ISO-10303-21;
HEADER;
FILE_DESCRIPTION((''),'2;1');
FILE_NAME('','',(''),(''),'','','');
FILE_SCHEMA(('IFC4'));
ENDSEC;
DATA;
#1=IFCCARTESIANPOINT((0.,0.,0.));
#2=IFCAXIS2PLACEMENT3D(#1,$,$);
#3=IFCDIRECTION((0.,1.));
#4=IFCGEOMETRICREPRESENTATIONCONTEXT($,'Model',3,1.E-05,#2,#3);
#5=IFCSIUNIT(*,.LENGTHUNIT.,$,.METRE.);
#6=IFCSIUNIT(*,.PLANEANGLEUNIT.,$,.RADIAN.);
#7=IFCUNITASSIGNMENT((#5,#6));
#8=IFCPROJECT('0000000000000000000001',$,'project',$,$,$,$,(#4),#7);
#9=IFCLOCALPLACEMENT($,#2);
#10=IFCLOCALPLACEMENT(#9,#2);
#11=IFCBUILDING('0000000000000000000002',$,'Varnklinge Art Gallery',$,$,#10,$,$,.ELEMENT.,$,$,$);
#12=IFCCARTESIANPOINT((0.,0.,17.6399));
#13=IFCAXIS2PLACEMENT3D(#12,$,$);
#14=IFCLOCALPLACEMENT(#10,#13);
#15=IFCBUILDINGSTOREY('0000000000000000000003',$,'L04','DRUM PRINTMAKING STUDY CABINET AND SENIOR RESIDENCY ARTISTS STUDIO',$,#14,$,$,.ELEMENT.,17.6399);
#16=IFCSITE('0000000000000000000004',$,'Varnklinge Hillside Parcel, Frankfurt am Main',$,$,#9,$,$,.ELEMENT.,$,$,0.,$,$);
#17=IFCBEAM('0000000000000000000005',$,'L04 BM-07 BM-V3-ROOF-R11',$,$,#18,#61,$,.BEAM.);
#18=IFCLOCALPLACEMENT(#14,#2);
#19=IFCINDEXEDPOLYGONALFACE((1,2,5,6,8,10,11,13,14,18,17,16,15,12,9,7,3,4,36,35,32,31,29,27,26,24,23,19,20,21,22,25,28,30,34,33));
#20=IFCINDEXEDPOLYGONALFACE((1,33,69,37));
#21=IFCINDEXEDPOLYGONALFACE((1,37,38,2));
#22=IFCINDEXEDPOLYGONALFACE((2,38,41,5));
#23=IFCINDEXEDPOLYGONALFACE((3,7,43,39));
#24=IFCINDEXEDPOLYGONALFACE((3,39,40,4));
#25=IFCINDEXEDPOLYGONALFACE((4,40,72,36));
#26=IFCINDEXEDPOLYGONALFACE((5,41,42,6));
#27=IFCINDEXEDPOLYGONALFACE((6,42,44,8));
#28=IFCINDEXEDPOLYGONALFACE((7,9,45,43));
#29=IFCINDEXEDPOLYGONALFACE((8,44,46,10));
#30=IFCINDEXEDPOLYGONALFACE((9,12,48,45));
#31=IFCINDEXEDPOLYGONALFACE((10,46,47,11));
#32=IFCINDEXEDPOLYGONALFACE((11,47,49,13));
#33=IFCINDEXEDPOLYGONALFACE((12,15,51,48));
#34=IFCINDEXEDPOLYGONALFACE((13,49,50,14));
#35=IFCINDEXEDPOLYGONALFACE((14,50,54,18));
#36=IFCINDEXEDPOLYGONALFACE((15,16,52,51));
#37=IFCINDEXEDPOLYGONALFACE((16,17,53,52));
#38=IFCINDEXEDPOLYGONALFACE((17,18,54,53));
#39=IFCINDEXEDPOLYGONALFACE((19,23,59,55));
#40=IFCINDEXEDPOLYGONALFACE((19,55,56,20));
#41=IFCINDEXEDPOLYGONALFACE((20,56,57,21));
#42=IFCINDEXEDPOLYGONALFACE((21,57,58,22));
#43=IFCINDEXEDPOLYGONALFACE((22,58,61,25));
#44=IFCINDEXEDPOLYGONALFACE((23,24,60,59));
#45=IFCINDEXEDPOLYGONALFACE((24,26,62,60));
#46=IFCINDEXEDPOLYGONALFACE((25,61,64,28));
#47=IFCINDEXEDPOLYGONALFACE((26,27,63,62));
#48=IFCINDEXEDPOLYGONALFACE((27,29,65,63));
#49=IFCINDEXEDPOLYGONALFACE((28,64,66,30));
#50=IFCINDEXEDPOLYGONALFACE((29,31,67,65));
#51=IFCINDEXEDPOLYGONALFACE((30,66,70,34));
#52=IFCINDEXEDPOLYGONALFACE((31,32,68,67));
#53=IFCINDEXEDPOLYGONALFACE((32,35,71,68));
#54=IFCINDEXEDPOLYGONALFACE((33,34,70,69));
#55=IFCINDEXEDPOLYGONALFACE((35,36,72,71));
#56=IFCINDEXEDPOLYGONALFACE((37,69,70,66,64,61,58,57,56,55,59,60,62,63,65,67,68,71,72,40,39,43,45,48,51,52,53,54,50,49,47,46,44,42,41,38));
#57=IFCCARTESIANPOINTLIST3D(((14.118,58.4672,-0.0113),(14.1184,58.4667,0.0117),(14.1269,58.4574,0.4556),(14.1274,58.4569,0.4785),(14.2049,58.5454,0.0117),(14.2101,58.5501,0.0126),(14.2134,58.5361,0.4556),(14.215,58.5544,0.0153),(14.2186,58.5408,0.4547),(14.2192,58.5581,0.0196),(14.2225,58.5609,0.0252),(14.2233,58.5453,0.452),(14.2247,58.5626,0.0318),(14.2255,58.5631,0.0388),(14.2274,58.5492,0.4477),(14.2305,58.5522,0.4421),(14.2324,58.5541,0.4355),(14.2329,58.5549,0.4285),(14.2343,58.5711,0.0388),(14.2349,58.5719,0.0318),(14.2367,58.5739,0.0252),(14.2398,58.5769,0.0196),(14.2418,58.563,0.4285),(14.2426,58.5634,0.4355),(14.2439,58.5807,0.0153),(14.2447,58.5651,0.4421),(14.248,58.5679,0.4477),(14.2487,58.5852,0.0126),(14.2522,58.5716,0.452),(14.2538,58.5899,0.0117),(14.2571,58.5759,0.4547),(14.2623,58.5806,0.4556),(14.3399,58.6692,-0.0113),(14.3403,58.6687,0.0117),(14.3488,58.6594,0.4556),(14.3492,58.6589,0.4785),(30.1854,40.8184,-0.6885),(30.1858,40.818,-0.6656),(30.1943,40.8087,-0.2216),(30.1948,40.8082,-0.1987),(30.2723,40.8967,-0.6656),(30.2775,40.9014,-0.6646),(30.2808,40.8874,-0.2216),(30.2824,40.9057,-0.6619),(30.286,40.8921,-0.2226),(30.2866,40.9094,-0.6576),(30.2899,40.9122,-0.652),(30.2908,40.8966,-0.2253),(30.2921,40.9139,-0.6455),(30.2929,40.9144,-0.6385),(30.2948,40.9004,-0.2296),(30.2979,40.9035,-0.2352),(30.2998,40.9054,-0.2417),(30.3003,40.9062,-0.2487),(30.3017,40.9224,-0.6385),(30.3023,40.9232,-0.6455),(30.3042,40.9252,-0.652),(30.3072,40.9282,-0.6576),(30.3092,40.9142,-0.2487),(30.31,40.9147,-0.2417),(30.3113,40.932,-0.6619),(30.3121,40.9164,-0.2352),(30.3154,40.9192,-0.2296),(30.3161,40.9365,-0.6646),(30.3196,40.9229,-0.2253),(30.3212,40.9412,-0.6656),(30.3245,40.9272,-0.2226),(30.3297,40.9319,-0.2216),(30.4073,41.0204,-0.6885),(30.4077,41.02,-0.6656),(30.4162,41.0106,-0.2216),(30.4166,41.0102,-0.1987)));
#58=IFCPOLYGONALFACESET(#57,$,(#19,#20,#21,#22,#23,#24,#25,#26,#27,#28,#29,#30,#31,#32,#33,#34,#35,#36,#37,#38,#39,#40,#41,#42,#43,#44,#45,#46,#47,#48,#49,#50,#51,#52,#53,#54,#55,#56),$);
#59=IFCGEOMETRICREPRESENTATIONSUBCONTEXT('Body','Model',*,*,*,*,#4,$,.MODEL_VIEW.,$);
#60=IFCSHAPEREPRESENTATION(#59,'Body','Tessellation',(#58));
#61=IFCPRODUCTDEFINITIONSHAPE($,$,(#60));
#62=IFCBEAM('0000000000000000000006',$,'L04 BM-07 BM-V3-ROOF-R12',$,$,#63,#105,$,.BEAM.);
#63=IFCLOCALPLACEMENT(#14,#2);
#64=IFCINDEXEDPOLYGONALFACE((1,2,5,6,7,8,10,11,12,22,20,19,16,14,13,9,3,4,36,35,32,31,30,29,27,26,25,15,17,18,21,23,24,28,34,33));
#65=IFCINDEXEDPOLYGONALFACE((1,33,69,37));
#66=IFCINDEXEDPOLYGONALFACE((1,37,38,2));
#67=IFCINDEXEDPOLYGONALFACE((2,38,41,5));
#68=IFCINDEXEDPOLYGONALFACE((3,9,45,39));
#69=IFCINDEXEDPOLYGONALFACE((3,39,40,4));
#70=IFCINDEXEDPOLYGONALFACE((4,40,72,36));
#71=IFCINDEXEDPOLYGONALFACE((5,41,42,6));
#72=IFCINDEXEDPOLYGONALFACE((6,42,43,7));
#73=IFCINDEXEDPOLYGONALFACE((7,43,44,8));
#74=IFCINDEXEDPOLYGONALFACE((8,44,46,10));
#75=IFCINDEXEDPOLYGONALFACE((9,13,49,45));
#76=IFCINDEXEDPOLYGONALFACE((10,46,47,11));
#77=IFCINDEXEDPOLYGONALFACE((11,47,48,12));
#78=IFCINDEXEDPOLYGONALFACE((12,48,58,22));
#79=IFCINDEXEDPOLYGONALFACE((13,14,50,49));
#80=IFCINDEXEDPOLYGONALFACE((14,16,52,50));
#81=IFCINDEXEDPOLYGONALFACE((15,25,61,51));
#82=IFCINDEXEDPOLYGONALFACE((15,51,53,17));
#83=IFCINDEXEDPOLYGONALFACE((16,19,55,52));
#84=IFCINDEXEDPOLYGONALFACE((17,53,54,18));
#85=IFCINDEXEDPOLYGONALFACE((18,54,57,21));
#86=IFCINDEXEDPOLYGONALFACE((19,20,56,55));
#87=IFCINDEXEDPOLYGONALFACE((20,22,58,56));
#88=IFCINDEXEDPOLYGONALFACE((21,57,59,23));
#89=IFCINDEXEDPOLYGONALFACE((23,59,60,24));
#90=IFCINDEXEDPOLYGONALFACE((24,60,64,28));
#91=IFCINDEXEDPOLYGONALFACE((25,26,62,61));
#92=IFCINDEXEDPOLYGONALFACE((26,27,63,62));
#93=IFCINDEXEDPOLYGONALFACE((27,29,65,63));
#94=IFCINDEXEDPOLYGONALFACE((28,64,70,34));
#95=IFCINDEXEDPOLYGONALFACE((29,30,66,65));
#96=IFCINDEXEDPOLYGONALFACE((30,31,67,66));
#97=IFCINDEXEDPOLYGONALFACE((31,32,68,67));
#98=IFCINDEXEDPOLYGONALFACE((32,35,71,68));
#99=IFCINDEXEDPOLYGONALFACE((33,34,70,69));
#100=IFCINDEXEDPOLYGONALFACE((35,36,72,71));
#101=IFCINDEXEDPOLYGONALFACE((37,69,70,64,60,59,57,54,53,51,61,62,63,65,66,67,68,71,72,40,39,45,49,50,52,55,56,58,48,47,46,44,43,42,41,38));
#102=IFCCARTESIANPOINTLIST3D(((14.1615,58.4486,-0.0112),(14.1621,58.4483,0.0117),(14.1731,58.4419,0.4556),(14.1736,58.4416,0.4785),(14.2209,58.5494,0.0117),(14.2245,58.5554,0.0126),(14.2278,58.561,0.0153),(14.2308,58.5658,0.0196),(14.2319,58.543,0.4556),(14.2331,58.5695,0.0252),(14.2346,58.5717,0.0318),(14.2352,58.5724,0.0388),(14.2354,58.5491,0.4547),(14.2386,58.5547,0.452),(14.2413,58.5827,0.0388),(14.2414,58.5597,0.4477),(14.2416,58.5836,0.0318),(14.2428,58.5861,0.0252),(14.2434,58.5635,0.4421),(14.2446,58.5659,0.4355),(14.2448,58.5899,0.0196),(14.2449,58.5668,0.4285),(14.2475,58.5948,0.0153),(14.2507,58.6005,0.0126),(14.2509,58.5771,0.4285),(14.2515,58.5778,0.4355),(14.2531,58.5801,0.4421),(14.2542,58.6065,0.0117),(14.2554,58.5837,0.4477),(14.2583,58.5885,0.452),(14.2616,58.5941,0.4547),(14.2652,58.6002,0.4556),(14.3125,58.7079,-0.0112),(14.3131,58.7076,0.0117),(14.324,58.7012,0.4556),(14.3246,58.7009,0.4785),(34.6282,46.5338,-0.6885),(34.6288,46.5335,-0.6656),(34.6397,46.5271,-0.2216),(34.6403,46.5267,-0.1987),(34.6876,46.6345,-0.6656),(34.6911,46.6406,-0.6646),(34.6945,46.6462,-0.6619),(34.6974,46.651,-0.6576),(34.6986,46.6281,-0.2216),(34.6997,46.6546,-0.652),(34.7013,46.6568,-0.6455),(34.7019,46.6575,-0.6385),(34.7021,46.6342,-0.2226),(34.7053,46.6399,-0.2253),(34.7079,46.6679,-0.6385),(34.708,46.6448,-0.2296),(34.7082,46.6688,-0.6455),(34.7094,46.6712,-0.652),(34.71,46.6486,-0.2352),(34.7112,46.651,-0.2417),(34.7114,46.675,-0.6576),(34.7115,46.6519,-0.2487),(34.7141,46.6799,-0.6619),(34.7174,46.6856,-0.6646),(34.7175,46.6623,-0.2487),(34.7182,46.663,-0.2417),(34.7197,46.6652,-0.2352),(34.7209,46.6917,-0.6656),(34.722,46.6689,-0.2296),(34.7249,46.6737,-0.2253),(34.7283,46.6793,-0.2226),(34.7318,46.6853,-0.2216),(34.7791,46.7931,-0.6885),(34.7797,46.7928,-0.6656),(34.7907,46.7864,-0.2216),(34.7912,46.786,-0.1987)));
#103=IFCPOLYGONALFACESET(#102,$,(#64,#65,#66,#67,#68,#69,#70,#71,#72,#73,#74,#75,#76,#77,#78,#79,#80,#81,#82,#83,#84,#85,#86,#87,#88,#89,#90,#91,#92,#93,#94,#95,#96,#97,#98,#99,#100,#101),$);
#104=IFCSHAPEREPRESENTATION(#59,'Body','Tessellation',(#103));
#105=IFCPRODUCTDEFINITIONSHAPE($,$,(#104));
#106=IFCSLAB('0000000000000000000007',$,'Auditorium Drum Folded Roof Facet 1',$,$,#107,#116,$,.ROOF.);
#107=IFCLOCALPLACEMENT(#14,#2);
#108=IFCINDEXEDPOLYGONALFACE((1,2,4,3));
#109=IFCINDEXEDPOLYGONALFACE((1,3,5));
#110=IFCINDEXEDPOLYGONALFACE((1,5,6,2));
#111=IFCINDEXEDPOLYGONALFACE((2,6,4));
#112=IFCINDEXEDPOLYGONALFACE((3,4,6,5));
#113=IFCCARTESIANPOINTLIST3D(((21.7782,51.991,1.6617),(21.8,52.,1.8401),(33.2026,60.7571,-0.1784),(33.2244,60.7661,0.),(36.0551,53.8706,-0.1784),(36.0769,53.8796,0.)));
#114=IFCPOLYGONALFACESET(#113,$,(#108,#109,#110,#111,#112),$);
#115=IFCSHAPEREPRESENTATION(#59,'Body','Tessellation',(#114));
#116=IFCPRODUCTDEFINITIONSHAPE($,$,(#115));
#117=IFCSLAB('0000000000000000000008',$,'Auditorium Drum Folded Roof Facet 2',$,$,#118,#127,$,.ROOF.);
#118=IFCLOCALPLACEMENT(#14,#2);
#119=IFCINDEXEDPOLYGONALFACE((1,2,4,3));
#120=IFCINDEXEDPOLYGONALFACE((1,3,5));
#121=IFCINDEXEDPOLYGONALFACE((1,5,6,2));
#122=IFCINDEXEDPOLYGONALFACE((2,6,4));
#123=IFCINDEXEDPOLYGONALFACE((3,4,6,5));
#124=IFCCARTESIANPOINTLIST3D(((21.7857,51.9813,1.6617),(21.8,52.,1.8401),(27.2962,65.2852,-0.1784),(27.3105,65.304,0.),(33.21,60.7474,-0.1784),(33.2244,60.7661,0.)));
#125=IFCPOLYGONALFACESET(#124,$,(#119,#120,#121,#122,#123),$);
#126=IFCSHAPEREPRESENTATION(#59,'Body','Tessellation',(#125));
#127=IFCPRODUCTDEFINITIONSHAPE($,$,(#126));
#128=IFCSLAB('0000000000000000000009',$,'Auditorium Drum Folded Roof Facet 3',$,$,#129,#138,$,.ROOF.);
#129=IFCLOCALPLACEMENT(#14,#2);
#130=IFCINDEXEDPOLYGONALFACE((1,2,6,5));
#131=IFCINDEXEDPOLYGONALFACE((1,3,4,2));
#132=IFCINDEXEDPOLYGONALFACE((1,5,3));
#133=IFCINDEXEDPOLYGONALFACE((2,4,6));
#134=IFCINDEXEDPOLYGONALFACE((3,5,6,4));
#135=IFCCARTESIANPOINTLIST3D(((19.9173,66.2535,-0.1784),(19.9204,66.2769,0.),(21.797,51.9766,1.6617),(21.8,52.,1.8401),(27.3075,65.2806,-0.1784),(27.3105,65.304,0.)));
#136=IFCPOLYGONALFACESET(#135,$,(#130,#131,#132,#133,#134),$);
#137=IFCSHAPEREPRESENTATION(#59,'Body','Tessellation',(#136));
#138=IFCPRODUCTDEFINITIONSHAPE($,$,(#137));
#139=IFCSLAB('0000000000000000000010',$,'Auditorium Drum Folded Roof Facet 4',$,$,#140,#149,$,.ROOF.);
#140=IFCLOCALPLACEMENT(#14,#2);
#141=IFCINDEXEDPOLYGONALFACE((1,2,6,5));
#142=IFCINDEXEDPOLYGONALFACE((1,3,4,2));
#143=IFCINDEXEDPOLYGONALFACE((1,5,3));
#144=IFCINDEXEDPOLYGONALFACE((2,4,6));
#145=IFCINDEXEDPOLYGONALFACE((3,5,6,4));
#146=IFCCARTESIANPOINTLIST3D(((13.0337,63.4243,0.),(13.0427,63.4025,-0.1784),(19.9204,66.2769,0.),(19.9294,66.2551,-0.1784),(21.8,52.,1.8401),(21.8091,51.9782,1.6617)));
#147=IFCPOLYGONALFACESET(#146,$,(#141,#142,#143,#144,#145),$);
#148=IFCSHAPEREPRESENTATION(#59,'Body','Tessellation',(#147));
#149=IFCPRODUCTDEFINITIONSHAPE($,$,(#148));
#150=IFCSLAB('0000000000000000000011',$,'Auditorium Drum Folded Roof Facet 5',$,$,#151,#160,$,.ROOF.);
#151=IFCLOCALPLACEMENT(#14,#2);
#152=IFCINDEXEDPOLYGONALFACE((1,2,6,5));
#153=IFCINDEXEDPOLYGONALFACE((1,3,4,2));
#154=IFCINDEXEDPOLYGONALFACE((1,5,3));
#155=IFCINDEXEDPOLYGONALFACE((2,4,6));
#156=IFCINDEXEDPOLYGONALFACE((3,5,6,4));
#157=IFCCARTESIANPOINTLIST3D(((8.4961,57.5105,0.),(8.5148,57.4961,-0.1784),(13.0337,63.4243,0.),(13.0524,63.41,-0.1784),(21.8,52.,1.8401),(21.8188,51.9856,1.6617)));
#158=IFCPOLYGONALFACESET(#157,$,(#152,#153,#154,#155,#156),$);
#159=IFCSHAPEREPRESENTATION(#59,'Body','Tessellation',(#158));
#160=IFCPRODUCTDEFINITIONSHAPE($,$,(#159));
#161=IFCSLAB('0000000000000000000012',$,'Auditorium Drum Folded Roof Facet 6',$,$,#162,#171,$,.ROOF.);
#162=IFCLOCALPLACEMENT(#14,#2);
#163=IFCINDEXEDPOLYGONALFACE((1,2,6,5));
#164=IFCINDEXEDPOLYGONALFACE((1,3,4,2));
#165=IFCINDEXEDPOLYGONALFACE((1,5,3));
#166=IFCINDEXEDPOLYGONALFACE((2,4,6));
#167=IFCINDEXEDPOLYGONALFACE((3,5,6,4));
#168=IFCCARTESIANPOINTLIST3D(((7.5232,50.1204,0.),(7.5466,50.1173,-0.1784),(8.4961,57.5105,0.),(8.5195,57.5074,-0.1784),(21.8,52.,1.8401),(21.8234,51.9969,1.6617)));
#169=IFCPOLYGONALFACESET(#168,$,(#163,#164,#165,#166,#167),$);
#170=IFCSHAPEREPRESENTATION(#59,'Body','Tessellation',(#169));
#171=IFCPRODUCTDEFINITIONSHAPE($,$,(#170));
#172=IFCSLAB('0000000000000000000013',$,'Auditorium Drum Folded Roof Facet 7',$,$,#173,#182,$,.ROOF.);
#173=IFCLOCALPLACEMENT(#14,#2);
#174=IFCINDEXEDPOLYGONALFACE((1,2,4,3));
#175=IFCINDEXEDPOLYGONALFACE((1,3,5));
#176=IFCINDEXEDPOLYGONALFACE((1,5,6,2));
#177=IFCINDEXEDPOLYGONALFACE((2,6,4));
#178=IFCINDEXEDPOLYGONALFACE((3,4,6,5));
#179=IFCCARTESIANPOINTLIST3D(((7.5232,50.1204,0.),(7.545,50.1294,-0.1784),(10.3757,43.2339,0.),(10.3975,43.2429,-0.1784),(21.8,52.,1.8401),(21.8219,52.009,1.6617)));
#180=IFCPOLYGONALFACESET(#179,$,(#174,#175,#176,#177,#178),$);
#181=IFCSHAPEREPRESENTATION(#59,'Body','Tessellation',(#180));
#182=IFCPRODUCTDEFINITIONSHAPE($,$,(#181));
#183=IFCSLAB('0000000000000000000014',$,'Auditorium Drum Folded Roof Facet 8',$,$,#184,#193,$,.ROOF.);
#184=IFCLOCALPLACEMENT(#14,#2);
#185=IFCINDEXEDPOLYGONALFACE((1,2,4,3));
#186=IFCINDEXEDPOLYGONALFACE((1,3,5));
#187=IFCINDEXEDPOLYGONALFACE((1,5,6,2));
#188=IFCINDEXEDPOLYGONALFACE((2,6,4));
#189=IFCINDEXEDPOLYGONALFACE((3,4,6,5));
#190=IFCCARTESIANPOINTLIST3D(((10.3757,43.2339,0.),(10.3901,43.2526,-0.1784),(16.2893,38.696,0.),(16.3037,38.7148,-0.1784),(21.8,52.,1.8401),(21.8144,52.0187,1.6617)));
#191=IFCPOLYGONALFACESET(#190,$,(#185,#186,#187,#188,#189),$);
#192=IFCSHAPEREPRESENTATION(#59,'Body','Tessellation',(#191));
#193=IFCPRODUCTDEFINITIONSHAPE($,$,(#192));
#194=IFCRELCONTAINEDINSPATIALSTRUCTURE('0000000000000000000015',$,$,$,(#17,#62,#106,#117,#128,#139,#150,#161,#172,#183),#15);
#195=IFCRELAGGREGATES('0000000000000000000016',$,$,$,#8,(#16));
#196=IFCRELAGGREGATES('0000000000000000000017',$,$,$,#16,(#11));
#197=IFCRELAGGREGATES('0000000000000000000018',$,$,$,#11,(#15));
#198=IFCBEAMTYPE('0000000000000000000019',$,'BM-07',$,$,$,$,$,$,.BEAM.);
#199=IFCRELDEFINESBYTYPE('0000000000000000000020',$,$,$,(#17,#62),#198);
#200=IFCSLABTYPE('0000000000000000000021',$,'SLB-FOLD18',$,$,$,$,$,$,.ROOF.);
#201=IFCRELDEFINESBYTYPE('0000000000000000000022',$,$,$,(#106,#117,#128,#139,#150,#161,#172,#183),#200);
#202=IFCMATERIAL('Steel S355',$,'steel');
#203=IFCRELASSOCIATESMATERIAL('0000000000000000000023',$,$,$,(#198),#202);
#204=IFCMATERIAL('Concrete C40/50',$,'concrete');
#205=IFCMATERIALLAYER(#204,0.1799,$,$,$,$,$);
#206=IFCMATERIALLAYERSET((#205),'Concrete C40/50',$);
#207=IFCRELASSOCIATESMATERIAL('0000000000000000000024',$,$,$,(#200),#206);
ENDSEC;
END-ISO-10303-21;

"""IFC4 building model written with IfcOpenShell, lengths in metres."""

from ifc_helpers import new_model, si_unit, direction, frame, origin, origin_2d, place, context, subcontext, project, spatial, polyline, i_section, outline, extrude, material, layer, layer_set, material_profile, profile_set, type_object, element, save


model = new_model("IFC4")

# Units and contexts
model_context = context("Model", 3, precision=1e-05, world=origin(), true_north=direction((0.0, 1.0)))
body_context = subcontext(model_context, "Body", "Model", "MODEL_VIEW")
ifc_project = project(units=[si_unit("LENGTHUNIT", "METRE"), si_unit("PLANEANGLEUNIT", "RADIAN")], contexts=[model_context])

# Site, building, storey
site_placement = place(None, origin())
site = spatial("IfcSite", under=ifc_project, at=site_placement, Name="Varnklinge Hillside Parcel, Frankfurt am Main", CompositionType="ELEMENT", RefElevation=0.0)
building_placement = place(site_placement, origin())
building = spatial("IfcBuilding", under=site, at=building_placement, Name="Varnklinge Art Gallery", CompositionType="ELEMENT")
storey_placement = place(building_placement, frame((0.0, 0.0, 17.6399)))
storey = spatial("IfcBuildingStorey", under=building, at=storey_placement, Name="L04", Description="DRUM PRINTMAKING STUDY CABINET AND SENIOR RESIDENCY ARTISTS STUDIO", CompositionType="ELEMENT", Elevation=17.6399)

# Beams
ifc_material_1 = material(Name="Steel S355", Category="steel")
ifc_material_profile_1 = material_profile(ifc_material_1, i_section(OverallWidth=0.3, OverallDepth=0.49, WebThickness=0.012, FlangeThickness=0.0229, FilletRadius=0.0271, at=origin_2d()), Name="HEA 500")
ifc_profile_set_1 = profile_set([ifc_material_profile_1], Name="Steel S355")
beam_type_1 = type_object("IfcBeamType", Name="BM-07", PredefinedType="BEAM", material=ifc_profile_set_1)
beam_1_placement = place(storey_placement, frame((30.301, 40.9143, -0.4436), z_axis=(-0.672932, 0.73916, 0.028364), x_axis=(-0.739458, -0.673203, 0.0)))
element("IfcBeam", 1, at=beam_1_placement, inside=storey, type_object=beam_type_1, Name="L04 BM-07 BM-V3-ROOF-R11", PredefinedType="BEAM", context=body_context, shape_type="SweptSolid", body=[
    extrude(i_section(OverallWidth=0.3, OverallDepth=0.49, WebThickness=0.012, FlangeThickness=0.0229, FilletRadius=0.0271, at=origin_2d()), origin(), (0.0, 0.0, 1.0), 23.8767),
])
beam_2_placement = place(storey_placement, frame((34.7097, 46.6599, -0.4436), z_axis=(-0.863867, 0.502908, 0.028586), x_axis=(-0.503114, -0.86422, 0.0)))
element("IfcBeam", 2, at=beam_2_placement, inside=storey, type_object=beam_type_1, Name="L04 BM-07 BM-V3-ROOF-R12", PredefinedType="BEAM", context=body_context, shape_type="SweptSolid", body=[
    extrude(i_section(OverallWidth=0.3, OverallDepth=0.49, WebThickness=0.012, FlangeThickness=0.0229, FilletRadius=0.0271, at=origin_2d()), origin(), (0.0, 0.0, 1.0), 23.6919),
])

# Slabs
ifc_material_2 = material(Name="Concrete C40/50", Category="concrete")
ifc_layer_1 = layer(ifc_material_2, 0.1799)
ifc_layer_set_1 = layer_set([ifc_layer_1], Name="Concrete C40/50")
slab_type = type_object("IfcSlabType", Name="SLB-FOLD18", PredefinedType="ROOF", material=ifc_layer_set_1)
slab_1_placement = place(storey_placement, frame((36.0769, 53.8796, 0.0), z_axis=(0.121165, 0.050189, 0.991363), x_axis=(-0.382691, 0.923876, 0.0)))
element("IfcSlab", 3, at=slab_1_placement, inside=storey, type_object=slab_type, Name="Auditorium Drum Folded Roof Facet 1", PredefinedType="ROOF", context=body_context, shape_type="SweptSolid", body=[
    extrude(outline(polyline([(0.0, 0.0), (7.4539, 0.0), (3.7271, 14.0306), (0.0, 0.0)])), origin(), (0.0, 0.0, -1.0), 0.1799),
])
slab_2_placement = place(storey_placement, frame((33.2244, 60.7661, 0.0), z_axis=(0.079839, 0.104048, 0.991363), x_axis=(-0.793353, 0.608762, 0.0)))
element("IfcSlab", 4, at=slab_2_placement, inside=storey, type_object=slab_type, Name="Auditorium Drum Folded Roof Facet 2", PredefinedType="ROOF", context=body_context, shape_type="SweptSolid", body=[
    extrude(outline(polyline([(0.0, 0.0), (7.4542, 0.0), (3.727, 14.0305), (0.0, 0.0)])), origin(), (0.0, 0.0, -1.0), 0.1799),
])
slab_3_placement = place(storey_placement, frame((27.3105, 65.304, 0.0), z_axis=(0.017118, 0.130027, 0.991363), x_axis=(-0.991445, 0.130522, 0.0)))
element("IfcSlab", 5, at=slab_3_placement, inside=storey, type_object=slab_type, Name="Auditorium Drum Folded Roof Facet 3", PredefinedType="ROOF", context=body_context, shape_type="SweptSolid", body=[
    extrude(outline(polyline([(0.0, 0.0), (7.4539, 0.0), (3.7269, 14.0306), (0.0, 0.0)])), origin(), (0.0, 0.0, -1.0), 0.1799),
])
slab_4_placement = place(storey_placement, frame((19.9204, 66.2769, 0.0), z_axis=(-0.050188, 0.121165, 0.991363), x_axis=(-0.923881, -0.38268, 0.0)))
element("IfcSlab", 6, at=slab_4_placement, inside=storey, type_object=slab_type, Name="Auditorium Drum Folded Roof Facet 4", PredefinedType="ROOF", context=body_context, shape_type="SweptSolid", body=[
    extrude(outline(polyline([(0.0, 0.0), (7.4541, 0.0), (3.7269, 14.0306), (0.0, 0.0)])), origin(), (0.0, 0.0, -1.0), 0.1799),
])
slab_5_placement = place(storey_placement, frame((13.0337, 63.4243, 0.0), z_axis=(-0.104049, 0.079835, 0.991363), x_axis=(-0.608742, -0.793369, 0.0)))
element("IfcSlab", 7, at=slab_5_placement, inside=storey, type_object=slab_type, Name="Auditorium Drum Folded Roof Facet 5", PredefinedType="ROOF", context=body_context, shape_type="SweptSolid", body=[
    extrude(outline(polyline([(0.0, 0.0), (7.4541, 0.0), (3.7272, 14.0306), (0.0, 0.0)])), origin(), (0.0, 0.0, -1.0), 0.1799),
])
slab_6_placement = place(storey_placement, frame((8.4961, 57.5105, 0.0), z_axis=(-0.130027, 0.017118, 0.991363), x_axis=(-0.130522, -0.991445, 0.0)))
element("IfcSlab", 8, at=slab_6_placement, inside=storey, type_object=slab_type, Name="Auditorium Drum Folded Roof Facet 6", PredefinedType="ROOF", context=body_context, shape_type="SweptSolid", body=[
    extrude(outline(polyline([(0.0, 0.0), (7.4539, 0.0), (3.7269, 14.0306), (0.0, 0.0)])), origin(), (0.0, 0.0, -1.0), 0.1799),
])
slab_7_placement = place(storey_placement, frame((7.5232, 50.1204, 0.0), z_axis=(-0.121165, -0.050189, 0.991363), x_axis=(0.382691, -0.923876, 0.0)))
element("IfcSlab", 9, at=slab_7_placement, inside=storey, type_object=slab_type, Name="Auditorium Drum Folded Roof Facet 7", PredefinedType="ROOF", context=body_context, shape_type="SweptSolid", body=[
    extrude(outline(polyline([(0.0, 0.0), (7.4539, 0.0), (3.7271, 14.0306), (0.0, 0.0)])), origin(), (0.0, 0.0, -1.0), 0.1799),
])
slab_8_placement = place(storey_placement, frame((10.3757, 43.2339, 0.0), z_axis=(-0.07984, -0.104045, 0.991363), x_axis=(0.793341, -0.608778, 0.0)))
element("IfcSlab", 10, at=slab_8_placement, inside=storey, type_object=slab_type, Name="Auditorium Drum Folded Roof Facet 8", PredefinedType="ROOF", context=body_context, shape_type="SweptSolid", body=[
    extrude(outline(polyline([(0.0, 0.0), (7.454, 0.0), (3.7268, 14.0306), (0.0, 0.0)])), origin(), (0.0, 0.0, -1.0), 0.1799),
])

save(model, "model.ifc")
